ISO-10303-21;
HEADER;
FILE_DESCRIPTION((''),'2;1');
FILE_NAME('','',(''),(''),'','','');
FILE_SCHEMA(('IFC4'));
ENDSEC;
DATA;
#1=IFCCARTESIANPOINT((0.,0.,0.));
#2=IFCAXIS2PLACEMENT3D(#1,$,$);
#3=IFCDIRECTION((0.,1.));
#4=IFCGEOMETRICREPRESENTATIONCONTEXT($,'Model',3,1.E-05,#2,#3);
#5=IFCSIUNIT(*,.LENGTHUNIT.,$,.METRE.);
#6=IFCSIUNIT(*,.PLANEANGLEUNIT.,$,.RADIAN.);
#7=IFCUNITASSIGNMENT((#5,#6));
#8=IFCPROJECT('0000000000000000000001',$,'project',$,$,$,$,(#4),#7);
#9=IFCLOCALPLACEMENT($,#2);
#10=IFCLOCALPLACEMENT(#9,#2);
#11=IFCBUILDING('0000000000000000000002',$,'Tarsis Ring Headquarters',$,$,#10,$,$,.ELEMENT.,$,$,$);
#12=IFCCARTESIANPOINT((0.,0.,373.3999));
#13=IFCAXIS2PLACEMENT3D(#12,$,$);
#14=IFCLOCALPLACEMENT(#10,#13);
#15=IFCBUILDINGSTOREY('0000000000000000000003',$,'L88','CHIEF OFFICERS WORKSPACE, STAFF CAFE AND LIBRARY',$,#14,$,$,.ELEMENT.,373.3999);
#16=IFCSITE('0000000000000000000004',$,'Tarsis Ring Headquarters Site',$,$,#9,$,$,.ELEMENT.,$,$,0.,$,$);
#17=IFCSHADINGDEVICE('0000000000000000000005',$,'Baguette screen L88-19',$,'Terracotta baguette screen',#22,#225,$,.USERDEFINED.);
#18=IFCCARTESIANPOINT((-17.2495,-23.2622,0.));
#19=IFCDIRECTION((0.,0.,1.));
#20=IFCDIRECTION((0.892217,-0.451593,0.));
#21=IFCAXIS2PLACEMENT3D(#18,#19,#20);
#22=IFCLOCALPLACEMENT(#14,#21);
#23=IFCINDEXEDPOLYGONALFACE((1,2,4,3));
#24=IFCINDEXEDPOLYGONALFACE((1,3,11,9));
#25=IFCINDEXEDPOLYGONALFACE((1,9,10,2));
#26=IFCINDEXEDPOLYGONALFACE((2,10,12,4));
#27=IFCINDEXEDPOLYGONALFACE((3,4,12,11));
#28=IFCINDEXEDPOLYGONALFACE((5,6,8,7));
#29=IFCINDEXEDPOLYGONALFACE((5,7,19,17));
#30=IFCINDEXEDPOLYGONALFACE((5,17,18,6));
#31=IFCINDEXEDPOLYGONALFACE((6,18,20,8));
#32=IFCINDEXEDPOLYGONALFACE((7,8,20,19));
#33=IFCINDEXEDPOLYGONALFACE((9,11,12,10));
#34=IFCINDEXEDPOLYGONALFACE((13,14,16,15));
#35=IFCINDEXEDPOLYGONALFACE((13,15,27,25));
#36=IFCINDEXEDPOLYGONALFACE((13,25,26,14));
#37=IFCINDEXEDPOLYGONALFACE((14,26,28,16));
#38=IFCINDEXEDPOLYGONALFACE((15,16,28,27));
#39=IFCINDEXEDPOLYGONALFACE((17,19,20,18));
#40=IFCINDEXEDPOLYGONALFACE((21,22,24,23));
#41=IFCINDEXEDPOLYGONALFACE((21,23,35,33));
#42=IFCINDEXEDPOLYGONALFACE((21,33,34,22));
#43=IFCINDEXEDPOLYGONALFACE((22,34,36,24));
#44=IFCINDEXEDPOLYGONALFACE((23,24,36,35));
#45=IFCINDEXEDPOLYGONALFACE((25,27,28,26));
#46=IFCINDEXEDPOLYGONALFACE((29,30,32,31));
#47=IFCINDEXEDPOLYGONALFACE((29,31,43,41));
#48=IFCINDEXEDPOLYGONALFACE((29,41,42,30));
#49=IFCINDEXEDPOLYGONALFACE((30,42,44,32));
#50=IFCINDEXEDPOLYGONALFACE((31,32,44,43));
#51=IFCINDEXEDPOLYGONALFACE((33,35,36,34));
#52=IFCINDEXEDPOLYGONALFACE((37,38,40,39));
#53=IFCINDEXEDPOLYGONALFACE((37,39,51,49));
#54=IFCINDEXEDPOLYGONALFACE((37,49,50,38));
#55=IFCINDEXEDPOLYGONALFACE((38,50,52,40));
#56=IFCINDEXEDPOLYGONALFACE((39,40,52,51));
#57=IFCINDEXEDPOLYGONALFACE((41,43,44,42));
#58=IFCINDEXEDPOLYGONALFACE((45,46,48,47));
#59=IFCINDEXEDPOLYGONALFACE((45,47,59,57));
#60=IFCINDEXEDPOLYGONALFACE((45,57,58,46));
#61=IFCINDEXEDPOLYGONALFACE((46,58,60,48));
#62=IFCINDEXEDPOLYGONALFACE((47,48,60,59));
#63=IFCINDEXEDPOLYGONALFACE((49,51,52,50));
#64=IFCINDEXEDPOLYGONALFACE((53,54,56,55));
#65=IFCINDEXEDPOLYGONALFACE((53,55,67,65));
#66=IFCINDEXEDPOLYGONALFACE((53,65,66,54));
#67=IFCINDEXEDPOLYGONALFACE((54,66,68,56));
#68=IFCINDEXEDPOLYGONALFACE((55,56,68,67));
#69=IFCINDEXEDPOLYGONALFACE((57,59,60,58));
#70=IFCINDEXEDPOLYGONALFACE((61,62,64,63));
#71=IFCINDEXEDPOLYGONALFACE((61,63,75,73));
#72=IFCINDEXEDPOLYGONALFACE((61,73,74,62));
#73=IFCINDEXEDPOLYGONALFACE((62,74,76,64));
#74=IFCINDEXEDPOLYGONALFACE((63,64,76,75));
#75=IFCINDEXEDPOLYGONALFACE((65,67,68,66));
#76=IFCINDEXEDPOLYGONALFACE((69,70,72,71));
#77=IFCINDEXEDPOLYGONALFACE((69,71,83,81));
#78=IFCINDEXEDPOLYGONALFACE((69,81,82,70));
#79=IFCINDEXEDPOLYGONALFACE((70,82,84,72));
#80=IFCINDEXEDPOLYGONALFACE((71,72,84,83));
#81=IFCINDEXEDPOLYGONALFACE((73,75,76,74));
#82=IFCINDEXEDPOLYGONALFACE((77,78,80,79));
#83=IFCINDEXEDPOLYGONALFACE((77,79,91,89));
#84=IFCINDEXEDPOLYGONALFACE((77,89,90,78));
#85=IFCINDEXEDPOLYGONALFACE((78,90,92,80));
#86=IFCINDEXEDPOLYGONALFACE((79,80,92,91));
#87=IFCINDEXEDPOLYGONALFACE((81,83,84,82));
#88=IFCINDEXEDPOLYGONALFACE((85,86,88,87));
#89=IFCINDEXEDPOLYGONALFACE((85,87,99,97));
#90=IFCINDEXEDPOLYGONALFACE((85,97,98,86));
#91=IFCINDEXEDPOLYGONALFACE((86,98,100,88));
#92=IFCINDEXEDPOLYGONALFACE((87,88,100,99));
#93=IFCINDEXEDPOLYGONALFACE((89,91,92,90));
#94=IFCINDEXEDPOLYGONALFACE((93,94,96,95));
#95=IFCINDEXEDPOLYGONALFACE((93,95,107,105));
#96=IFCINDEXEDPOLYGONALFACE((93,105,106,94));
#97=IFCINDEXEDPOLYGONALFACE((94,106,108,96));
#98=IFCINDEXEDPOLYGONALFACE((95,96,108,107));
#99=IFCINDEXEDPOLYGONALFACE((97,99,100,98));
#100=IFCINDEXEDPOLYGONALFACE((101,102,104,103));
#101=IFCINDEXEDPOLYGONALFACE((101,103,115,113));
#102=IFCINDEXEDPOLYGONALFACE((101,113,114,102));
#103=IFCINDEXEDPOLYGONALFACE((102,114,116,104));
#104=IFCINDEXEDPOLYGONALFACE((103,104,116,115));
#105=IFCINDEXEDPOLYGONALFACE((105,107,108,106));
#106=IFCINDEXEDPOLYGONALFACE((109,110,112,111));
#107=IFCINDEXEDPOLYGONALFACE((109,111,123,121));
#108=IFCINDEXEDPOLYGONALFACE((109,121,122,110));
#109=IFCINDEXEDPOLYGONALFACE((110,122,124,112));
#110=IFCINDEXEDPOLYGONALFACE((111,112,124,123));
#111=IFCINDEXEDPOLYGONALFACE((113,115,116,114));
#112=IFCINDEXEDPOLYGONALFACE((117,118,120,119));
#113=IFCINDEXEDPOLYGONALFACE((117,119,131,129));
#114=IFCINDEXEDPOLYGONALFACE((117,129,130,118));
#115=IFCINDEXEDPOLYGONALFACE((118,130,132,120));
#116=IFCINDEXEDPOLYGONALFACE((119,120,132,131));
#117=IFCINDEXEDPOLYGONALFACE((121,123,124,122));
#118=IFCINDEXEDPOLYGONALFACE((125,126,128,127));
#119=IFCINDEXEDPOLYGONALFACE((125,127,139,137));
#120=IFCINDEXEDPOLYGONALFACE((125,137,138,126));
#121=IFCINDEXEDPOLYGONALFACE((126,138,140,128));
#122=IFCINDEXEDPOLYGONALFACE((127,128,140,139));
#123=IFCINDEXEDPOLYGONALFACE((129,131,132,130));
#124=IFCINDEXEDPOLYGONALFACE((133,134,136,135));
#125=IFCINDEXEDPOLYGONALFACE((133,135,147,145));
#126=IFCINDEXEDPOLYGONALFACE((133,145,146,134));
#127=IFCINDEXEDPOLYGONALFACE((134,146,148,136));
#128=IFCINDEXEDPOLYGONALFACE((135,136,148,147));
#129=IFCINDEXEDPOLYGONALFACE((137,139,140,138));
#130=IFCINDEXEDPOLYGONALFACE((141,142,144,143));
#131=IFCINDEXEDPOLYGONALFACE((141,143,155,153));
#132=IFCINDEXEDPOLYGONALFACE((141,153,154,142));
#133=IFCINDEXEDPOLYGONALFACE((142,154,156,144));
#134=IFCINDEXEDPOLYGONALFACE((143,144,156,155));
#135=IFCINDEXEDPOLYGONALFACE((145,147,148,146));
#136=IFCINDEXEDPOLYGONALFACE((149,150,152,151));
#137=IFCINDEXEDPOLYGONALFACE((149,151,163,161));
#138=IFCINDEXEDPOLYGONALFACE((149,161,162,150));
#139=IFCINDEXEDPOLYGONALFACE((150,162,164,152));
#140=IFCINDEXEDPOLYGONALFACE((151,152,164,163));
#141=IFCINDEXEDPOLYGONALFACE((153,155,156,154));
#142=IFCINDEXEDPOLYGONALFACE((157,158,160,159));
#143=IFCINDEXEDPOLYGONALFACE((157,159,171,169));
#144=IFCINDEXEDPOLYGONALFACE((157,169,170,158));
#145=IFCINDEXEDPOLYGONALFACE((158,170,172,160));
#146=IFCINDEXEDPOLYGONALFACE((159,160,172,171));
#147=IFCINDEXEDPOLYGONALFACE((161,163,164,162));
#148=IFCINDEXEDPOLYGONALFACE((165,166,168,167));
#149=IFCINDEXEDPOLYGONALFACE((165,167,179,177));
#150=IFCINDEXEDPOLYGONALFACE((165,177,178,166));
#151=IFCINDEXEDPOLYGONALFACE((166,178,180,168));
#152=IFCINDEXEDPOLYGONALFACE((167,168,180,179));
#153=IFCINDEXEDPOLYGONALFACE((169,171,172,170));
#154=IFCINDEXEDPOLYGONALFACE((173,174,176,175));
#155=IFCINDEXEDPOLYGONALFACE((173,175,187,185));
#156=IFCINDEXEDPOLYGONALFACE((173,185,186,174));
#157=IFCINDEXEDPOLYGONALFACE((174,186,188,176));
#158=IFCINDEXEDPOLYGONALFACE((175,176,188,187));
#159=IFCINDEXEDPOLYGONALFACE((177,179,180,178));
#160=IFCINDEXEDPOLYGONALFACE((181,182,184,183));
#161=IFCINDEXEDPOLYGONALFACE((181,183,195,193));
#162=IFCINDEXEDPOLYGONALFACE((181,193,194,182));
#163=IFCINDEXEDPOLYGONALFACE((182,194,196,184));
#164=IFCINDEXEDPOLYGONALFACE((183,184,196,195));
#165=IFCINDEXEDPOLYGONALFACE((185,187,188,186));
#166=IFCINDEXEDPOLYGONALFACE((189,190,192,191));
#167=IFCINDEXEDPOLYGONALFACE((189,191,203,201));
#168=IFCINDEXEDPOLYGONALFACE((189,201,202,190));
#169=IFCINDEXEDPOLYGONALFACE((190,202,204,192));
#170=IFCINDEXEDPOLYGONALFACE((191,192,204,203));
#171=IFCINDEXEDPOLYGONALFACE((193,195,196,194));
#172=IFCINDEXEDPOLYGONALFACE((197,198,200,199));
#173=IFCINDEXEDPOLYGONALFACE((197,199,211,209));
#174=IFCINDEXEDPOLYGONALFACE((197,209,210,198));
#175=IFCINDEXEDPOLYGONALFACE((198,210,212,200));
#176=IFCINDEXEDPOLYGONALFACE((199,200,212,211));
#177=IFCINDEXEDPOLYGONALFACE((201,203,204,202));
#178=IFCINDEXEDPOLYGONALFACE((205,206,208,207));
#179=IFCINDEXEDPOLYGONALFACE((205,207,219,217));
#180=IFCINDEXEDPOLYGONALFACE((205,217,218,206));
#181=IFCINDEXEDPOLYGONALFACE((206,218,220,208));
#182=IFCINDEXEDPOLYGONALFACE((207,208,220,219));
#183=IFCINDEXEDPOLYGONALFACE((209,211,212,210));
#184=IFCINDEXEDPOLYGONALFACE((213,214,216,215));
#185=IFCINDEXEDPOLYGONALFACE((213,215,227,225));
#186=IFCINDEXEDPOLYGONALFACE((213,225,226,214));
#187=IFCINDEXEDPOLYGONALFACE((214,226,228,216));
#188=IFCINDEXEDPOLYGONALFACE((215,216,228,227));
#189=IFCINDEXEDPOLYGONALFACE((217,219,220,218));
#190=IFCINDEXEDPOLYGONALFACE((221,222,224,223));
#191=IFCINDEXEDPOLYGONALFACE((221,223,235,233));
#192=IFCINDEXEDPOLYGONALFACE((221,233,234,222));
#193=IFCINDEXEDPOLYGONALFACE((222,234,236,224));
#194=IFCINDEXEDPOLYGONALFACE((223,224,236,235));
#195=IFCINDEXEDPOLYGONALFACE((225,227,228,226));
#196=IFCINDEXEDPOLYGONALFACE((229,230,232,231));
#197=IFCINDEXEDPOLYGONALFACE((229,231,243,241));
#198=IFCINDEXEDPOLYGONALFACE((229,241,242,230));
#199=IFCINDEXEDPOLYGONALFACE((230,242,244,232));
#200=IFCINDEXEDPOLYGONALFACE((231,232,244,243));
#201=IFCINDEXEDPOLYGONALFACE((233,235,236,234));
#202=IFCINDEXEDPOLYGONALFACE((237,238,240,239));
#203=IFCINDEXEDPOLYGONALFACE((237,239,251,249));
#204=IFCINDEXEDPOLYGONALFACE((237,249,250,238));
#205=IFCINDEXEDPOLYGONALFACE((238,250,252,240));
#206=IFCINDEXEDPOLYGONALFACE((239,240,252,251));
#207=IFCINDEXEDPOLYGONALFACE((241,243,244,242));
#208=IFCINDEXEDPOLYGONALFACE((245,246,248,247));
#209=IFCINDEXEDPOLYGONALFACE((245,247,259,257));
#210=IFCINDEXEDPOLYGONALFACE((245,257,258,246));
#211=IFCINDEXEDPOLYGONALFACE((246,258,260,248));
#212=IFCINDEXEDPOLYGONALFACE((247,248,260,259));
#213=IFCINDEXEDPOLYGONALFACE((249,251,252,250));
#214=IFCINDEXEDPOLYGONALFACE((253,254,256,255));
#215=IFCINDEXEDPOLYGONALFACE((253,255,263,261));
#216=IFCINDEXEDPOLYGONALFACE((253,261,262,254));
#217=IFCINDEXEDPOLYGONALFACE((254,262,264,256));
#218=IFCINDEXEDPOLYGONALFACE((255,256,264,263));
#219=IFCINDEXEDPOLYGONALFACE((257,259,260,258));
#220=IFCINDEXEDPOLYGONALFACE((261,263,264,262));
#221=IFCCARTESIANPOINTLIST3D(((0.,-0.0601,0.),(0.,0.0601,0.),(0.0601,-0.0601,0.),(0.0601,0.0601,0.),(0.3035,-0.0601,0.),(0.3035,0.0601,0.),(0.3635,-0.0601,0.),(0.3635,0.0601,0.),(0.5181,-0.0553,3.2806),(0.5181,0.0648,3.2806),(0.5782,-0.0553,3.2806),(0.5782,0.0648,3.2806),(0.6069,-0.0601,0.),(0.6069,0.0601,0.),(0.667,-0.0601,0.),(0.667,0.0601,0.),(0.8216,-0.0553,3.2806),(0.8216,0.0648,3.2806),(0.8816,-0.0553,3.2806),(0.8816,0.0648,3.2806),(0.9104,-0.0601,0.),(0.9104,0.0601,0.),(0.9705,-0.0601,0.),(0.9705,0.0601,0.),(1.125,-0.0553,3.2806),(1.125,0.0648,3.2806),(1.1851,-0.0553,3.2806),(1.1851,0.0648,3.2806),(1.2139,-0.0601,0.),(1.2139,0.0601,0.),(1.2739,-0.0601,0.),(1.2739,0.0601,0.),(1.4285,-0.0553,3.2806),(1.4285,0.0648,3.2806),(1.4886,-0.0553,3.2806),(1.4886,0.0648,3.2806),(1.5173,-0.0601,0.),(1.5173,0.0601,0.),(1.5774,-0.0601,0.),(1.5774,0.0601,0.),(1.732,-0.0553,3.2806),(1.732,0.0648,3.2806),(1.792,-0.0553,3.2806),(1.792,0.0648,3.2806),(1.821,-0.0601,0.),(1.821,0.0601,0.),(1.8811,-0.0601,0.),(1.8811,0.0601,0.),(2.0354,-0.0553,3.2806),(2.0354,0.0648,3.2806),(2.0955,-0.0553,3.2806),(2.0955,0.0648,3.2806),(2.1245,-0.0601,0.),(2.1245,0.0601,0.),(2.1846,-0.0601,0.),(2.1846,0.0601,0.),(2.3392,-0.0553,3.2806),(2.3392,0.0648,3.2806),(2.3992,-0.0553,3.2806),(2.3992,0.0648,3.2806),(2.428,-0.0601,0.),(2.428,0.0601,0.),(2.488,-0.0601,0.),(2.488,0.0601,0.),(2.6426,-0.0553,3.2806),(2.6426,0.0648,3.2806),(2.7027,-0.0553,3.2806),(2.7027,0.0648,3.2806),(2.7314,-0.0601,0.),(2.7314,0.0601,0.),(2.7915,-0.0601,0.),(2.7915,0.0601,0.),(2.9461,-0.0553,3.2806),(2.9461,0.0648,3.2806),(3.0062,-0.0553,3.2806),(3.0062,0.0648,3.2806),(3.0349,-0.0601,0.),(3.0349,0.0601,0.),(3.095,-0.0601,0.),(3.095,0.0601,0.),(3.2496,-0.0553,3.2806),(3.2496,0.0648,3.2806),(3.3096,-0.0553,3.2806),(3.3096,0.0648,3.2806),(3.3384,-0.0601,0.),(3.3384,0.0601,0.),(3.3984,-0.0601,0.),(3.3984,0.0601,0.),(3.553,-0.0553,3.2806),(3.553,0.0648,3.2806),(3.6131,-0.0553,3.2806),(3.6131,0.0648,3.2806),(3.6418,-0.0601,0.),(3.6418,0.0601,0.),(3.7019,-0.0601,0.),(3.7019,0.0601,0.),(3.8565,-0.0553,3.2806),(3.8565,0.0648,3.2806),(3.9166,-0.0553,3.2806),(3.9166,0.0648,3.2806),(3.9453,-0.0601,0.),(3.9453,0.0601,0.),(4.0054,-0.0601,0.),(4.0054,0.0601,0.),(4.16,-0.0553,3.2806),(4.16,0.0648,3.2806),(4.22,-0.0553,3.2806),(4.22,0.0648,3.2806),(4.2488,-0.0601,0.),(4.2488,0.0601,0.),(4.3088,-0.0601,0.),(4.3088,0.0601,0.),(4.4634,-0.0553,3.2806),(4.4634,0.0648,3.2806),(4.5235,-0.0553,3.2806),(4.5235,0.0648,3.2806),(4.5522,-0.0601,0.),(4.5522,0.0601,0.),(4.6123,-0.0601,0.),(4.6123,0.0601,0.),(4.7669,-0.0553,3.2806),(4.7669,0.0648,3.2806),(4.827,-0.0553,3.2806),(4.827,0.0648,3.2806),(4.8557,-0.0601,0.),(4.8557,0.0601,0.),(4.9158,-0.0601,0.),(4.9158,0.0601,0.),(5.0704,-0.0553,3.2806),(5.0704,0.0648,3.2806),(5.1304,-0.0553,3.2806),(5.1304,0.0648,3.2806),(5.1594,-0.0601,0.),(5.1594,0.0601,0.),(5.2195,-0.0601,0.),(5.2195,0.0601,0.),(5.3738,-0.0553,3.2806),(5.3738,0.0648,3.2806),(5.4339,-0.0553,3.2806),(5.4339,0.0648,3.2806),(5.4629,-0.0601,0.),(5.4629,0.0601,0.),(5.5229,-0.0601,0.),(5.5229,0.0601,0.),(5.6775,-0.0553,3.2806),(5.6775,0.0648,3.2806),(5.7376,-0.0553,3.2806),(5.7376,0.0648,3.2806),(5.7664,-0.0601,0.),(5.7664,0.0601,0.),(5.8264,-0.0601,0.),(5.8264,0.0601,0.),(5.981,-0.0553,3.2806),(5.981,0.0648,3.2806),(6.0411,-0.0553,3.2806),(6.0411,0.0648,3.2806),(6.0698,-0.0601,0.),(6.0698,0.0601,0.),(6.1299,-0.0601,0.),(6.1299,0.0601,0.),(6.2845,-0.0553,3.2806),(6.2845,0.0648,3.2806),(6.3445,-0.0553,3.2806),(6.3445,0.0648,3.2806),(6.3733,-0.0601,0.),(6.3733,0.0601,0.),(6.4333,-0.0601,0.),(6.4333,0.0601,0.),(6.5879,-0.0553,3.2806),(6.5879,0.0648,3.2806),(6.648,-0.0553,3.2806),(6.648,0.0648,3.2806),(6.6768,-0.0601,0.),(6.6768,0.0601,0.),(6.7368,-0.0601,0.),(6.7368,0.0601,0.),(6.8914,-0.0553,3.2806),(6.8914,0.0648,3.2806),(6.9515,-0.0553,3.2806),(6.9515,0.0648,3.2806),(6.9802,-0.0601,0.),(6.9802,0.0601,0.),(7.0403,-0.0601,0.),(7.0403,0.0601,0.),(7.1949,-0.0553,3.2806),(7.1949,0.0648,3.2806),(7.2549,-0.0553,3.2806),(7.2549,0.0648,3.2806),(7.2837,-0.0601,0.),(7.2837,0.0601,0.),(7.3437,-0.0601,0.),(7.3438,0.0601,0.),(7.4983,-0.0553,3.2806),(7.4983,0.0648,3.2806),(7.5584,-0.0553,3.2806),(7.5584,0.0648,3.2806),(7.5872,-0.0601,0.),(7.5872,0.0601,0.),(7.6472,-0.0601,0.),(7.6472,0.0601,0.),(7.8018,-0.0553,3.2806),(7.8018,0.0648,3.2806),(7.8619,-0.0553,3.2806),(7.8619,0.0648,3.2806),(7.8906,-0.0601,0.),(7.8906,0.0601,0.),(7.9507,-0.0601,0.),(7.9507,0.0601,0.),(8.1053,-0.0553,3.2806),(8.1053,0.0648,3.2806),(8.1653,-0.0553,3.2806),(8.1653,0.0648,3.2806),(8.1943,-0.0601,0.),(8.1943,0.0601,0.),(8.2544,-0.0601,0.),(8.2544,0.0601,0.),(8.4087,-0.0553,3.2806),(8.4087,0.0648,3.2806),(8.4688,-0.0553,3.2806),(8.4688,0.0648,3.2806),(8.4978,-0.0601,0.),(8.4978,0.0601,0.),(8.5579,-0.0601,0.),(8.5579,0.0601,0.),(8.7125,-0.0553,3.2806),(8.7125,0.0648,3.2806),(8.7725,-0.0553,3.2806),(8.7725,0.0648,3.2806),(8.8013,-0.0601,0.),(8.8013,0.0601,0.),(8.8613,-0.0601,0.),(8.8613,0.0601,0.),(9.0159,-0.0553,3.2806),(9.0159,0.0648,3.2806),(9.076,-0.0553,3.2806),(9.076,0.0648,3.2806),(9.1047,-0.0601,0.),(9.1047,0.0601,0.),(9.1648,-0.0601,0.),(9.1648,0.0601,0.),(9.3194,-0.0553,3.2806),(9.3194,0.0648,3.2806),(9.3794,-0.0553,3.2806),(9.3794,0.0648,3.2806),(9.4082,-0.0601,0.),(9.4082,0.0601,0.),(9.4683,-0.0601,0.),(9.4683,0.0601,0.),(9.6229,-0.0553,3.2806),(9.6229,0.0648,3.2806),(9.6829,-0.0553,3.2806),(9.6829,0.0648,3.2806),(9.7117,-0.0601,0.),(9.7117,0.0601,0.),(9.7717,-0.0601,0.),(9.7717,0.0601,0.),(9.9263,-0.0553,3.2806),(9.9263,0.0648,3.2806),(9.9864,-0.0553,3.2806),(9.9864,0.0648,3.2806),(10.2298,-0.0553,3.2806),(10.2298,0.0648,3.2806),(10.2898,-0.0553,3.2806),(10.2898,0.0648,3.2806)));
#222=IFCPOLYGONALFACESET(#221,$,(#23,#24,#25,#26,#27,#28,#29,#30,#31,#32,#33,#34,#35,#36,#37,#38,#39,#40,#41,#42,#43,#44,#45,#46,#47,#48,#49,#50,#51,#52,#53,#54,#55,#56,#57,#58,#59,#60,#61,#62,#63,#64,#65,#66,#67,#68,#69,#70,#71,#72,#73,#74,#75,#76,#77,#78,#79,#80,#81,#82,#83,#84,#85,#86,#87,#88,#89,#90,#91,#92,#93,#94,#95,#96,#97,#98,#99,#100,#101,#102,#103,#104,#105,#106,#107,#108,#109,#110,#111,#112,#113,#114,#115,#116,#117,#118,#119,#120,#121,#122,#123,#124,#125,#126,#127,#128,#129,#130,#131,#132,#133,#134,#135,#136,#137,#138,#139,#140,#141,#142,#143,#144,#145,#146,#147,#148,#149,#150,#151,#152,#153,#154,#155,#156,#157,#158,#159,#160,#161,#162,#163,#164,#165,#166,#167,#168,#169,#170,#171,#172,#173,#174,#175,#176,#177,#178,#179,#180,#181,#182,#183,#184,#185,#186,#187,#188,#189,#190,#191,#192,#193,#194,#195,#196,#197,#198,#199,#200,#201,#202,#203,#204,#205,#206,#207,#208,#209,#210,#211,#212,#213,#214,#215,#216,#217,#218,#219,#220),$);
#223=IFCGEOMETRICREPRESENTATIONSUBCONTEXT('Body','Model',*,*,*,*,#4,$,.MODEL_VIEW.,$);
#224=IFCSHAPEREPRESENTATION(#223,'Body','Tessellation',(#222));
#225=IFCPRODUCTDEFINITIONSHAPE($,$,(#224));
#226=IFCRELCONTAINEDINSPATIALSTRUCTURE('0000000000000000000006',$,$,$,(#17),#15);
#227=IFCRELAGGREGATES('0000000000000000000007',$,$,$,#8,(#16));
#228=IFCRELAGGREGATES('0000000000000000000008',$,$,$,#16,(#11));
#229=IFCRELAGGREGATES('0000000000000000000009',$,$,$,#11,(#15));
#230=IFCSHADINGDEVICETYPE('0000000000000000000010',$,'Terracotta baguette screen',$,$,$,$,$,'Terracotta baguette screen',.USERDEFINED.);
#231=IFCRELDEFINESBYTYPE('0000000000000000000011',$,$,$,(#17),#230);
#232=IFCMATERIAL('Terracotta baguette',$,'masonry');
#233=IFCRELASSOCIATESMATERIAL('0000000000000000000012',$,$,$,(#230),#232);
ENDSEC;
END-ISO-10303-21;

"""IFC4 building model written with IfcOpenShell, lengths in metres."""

from ifc_helpers import new_model, si_unit, direction, frame, frame_2d, origin, place, context, subcontext, project, spatial, rectangle, composite_profile, extrude, material, type_object, element, save


model = new_model("IFC4")

# Units and contexts
model_context = context("Model", 3, precision=1e-05, world=origin(), true_north=direction((0.0, 1.0)))
body_context = subcontext(model_context, "Body", "Model", "MODEL_VIEW")
ifc_project = project(units=[si_unit("LENGTHUNIT", "METRE"), si_unit("PLANEANGLEUNIT", "RADIAN")], contexts=[model_context])

# Site, building, storey
site_placement = place(None, origin())
site = spatial("IfcSite", under=ifc_project, at=site_placement, Name="Tarsis Ring Headquarters Site", CompositionType="ELEMENT", RefElevation=0.0)
building_placement = place(site_placement, origin())
building = spatial("IfcBuilding", under=site, at=building_placement, Name="Tarsis Ring Headquarters", CompositionType="ELEMENT")
storey_placement = place(building_placement, frame((0.0, 0.0, 373.3999)))
storey = spatial("IfcBuildingStorey", under=building, at=storey_placement, Name="L88", Description="CHIEF OFFICERS WORKSPACE, STAFF CAFE AND LIBRARY", CompositionType="ELEMENT", Elevation=373.3999)

# Shading device
ifc_material_1 = material(Name="Terracotta baguette", Category="masonry")
shading_device_type = type_object("IfcShadingDeviceType", Name="Terracotta baguette screen", ElementType="Terracotta baguette screen", PredefinedType="USERDEFINED", material=ifc_material_1)
shading_device_1_placement = place(storey_placement, frame((-17.2495, -23.2622, 0.0), z_axis=(0.0, 0.0, 1.0), x_axis=(0.892217, -0.451593, 0.0)))
element("IfcShadingDevice", 1, at=shading_device_1_placement, inside=storey, type_object=shading_device_type, Name="Baguette screen L88-19", ObjectType="Terracotta baguette screen", PredefinedType="USERDEFINED", context=body_context, shape_type="SweptSolid", body=[
    extrude(composite_profile([rectangle(XDim=0.0601, YDim=0.1201, at=frame_2d((0.03, 0.0))), rectangle(XDim=0.0601, YDim=0.1201, at=frame_2d((0.3335, 0.0))), rectangle(XDim=0.0601, YDim=0.1201, at=frame_2d((0.637, 0.0))), rectangle(XDim=0.0601, YDim=0.1201, at=frame_2d((0.9404, 0.0))), rectangle(XDim=0.0601, YDim=0.1201, at=frame_2d((1.2439, 0.0))), rectangle(XDim=0.0601, YDim=0.1201, at=frame_2d((1.5474, 0.0))), rectangle(XDim=0.0601, YDim=0.1201, at=frame_2d((1.8511, 0.0))), rectangle(XDim=0.0601, YDim=0.1201, at=frame_2d((2.1545, 0.0))), rectangle(XDim=0.0601, YDim=0.1201, at=frame_2d((2.458, 0.0))), rectangle(XDim=0.0601, YDim=0.1201, at=frame_2d((2.7615, 0.0))), rectangle(XDim=0.0601, YDim=0.1201, at=frame_2d((3.0649, 0.0))), rectangle(XDim=0.0601, YDim=0.1201, at=frame_2d((3.3684, 0.0))), rectangle(XDim=0.0601, YDim=0.1201, at=frame_2d((3.6719, 0.0))), rectangle(XDim=0.0601, YDim=0.1201, at=frame_2d((3.9753, 0.0))), rectangle(XDim=0.0601, YDim=0.1201, at=frame_2d((4.2788, 0.0))), rectangle(XDim=0.0601, YDim=0.1201, at=frame_2d((4.5823, 0.0))), rectangle(XDim=0.0601, YDim=0.1201, at=frame_2d((4.8857, 0.0))), rectangle(XDim=0.0601, YDim=0.1201, at=frame_2d((5.1895, 0.0))), rectangle(XDim=0.0601, YDim=0.1201, at=frame_2d((5.4929, 0.0))), rectangle(XDim=0.0601, YDim=0.1201, at=frame_2d((5.7964, 0.0))), rectangle(XDim=0.0601, YDim=0.1201, at=frame_2d((6.0999, 0.0))), rectangle(XDim=0.0601, YDim=0.1201, at=frame_2d((6.4033, 0.0))), rectangle(XDim=0.0601, YDim=0.1201, at=frame_2d((6.7068, 0.0))), rectangle(XDim=0.0601, YDim=0.1201, at=frame_2d((7.0103, 0.0))), rectangle(XDim=0.0601, YDim=0.1201, at=frame_2d((7.3137, 0.0))), rectangle(XDim=0.0601, YDim=0.1201, at=frame_2d((7.6172, 0.0))), rectangle(XDim=0.0601, YDim=0.1201, at=frame_2d((7.9207, 0.0))), rectangle(XDim=0.0601, YDim=0.1201, at=frame_2d((8.2244, 0.0))), rectangle(XDim=0.0601, YDim=0.1201, at=frame_2d((8.5278, 0.0))), rectangle(XDim=0.0601, YDim=0.1201, at=frame_2d((8.8313, 0.0))), rectangle(XDim=0.0601, YDim=0.1201, at=frame_2d((9.1348, 0.0))), rectangle(XDim=0.0601, YDim=0.1201, at=frame_2d((9.4382, 0.0))), rectangle(XDim=0.0601, YDim=0.1201, at=frame_2d((9.7417, 0.0)))]), origin(), (0.155998, 0.001419, 0.987756), 3.3213),
])

save(model, "model.ifc")
